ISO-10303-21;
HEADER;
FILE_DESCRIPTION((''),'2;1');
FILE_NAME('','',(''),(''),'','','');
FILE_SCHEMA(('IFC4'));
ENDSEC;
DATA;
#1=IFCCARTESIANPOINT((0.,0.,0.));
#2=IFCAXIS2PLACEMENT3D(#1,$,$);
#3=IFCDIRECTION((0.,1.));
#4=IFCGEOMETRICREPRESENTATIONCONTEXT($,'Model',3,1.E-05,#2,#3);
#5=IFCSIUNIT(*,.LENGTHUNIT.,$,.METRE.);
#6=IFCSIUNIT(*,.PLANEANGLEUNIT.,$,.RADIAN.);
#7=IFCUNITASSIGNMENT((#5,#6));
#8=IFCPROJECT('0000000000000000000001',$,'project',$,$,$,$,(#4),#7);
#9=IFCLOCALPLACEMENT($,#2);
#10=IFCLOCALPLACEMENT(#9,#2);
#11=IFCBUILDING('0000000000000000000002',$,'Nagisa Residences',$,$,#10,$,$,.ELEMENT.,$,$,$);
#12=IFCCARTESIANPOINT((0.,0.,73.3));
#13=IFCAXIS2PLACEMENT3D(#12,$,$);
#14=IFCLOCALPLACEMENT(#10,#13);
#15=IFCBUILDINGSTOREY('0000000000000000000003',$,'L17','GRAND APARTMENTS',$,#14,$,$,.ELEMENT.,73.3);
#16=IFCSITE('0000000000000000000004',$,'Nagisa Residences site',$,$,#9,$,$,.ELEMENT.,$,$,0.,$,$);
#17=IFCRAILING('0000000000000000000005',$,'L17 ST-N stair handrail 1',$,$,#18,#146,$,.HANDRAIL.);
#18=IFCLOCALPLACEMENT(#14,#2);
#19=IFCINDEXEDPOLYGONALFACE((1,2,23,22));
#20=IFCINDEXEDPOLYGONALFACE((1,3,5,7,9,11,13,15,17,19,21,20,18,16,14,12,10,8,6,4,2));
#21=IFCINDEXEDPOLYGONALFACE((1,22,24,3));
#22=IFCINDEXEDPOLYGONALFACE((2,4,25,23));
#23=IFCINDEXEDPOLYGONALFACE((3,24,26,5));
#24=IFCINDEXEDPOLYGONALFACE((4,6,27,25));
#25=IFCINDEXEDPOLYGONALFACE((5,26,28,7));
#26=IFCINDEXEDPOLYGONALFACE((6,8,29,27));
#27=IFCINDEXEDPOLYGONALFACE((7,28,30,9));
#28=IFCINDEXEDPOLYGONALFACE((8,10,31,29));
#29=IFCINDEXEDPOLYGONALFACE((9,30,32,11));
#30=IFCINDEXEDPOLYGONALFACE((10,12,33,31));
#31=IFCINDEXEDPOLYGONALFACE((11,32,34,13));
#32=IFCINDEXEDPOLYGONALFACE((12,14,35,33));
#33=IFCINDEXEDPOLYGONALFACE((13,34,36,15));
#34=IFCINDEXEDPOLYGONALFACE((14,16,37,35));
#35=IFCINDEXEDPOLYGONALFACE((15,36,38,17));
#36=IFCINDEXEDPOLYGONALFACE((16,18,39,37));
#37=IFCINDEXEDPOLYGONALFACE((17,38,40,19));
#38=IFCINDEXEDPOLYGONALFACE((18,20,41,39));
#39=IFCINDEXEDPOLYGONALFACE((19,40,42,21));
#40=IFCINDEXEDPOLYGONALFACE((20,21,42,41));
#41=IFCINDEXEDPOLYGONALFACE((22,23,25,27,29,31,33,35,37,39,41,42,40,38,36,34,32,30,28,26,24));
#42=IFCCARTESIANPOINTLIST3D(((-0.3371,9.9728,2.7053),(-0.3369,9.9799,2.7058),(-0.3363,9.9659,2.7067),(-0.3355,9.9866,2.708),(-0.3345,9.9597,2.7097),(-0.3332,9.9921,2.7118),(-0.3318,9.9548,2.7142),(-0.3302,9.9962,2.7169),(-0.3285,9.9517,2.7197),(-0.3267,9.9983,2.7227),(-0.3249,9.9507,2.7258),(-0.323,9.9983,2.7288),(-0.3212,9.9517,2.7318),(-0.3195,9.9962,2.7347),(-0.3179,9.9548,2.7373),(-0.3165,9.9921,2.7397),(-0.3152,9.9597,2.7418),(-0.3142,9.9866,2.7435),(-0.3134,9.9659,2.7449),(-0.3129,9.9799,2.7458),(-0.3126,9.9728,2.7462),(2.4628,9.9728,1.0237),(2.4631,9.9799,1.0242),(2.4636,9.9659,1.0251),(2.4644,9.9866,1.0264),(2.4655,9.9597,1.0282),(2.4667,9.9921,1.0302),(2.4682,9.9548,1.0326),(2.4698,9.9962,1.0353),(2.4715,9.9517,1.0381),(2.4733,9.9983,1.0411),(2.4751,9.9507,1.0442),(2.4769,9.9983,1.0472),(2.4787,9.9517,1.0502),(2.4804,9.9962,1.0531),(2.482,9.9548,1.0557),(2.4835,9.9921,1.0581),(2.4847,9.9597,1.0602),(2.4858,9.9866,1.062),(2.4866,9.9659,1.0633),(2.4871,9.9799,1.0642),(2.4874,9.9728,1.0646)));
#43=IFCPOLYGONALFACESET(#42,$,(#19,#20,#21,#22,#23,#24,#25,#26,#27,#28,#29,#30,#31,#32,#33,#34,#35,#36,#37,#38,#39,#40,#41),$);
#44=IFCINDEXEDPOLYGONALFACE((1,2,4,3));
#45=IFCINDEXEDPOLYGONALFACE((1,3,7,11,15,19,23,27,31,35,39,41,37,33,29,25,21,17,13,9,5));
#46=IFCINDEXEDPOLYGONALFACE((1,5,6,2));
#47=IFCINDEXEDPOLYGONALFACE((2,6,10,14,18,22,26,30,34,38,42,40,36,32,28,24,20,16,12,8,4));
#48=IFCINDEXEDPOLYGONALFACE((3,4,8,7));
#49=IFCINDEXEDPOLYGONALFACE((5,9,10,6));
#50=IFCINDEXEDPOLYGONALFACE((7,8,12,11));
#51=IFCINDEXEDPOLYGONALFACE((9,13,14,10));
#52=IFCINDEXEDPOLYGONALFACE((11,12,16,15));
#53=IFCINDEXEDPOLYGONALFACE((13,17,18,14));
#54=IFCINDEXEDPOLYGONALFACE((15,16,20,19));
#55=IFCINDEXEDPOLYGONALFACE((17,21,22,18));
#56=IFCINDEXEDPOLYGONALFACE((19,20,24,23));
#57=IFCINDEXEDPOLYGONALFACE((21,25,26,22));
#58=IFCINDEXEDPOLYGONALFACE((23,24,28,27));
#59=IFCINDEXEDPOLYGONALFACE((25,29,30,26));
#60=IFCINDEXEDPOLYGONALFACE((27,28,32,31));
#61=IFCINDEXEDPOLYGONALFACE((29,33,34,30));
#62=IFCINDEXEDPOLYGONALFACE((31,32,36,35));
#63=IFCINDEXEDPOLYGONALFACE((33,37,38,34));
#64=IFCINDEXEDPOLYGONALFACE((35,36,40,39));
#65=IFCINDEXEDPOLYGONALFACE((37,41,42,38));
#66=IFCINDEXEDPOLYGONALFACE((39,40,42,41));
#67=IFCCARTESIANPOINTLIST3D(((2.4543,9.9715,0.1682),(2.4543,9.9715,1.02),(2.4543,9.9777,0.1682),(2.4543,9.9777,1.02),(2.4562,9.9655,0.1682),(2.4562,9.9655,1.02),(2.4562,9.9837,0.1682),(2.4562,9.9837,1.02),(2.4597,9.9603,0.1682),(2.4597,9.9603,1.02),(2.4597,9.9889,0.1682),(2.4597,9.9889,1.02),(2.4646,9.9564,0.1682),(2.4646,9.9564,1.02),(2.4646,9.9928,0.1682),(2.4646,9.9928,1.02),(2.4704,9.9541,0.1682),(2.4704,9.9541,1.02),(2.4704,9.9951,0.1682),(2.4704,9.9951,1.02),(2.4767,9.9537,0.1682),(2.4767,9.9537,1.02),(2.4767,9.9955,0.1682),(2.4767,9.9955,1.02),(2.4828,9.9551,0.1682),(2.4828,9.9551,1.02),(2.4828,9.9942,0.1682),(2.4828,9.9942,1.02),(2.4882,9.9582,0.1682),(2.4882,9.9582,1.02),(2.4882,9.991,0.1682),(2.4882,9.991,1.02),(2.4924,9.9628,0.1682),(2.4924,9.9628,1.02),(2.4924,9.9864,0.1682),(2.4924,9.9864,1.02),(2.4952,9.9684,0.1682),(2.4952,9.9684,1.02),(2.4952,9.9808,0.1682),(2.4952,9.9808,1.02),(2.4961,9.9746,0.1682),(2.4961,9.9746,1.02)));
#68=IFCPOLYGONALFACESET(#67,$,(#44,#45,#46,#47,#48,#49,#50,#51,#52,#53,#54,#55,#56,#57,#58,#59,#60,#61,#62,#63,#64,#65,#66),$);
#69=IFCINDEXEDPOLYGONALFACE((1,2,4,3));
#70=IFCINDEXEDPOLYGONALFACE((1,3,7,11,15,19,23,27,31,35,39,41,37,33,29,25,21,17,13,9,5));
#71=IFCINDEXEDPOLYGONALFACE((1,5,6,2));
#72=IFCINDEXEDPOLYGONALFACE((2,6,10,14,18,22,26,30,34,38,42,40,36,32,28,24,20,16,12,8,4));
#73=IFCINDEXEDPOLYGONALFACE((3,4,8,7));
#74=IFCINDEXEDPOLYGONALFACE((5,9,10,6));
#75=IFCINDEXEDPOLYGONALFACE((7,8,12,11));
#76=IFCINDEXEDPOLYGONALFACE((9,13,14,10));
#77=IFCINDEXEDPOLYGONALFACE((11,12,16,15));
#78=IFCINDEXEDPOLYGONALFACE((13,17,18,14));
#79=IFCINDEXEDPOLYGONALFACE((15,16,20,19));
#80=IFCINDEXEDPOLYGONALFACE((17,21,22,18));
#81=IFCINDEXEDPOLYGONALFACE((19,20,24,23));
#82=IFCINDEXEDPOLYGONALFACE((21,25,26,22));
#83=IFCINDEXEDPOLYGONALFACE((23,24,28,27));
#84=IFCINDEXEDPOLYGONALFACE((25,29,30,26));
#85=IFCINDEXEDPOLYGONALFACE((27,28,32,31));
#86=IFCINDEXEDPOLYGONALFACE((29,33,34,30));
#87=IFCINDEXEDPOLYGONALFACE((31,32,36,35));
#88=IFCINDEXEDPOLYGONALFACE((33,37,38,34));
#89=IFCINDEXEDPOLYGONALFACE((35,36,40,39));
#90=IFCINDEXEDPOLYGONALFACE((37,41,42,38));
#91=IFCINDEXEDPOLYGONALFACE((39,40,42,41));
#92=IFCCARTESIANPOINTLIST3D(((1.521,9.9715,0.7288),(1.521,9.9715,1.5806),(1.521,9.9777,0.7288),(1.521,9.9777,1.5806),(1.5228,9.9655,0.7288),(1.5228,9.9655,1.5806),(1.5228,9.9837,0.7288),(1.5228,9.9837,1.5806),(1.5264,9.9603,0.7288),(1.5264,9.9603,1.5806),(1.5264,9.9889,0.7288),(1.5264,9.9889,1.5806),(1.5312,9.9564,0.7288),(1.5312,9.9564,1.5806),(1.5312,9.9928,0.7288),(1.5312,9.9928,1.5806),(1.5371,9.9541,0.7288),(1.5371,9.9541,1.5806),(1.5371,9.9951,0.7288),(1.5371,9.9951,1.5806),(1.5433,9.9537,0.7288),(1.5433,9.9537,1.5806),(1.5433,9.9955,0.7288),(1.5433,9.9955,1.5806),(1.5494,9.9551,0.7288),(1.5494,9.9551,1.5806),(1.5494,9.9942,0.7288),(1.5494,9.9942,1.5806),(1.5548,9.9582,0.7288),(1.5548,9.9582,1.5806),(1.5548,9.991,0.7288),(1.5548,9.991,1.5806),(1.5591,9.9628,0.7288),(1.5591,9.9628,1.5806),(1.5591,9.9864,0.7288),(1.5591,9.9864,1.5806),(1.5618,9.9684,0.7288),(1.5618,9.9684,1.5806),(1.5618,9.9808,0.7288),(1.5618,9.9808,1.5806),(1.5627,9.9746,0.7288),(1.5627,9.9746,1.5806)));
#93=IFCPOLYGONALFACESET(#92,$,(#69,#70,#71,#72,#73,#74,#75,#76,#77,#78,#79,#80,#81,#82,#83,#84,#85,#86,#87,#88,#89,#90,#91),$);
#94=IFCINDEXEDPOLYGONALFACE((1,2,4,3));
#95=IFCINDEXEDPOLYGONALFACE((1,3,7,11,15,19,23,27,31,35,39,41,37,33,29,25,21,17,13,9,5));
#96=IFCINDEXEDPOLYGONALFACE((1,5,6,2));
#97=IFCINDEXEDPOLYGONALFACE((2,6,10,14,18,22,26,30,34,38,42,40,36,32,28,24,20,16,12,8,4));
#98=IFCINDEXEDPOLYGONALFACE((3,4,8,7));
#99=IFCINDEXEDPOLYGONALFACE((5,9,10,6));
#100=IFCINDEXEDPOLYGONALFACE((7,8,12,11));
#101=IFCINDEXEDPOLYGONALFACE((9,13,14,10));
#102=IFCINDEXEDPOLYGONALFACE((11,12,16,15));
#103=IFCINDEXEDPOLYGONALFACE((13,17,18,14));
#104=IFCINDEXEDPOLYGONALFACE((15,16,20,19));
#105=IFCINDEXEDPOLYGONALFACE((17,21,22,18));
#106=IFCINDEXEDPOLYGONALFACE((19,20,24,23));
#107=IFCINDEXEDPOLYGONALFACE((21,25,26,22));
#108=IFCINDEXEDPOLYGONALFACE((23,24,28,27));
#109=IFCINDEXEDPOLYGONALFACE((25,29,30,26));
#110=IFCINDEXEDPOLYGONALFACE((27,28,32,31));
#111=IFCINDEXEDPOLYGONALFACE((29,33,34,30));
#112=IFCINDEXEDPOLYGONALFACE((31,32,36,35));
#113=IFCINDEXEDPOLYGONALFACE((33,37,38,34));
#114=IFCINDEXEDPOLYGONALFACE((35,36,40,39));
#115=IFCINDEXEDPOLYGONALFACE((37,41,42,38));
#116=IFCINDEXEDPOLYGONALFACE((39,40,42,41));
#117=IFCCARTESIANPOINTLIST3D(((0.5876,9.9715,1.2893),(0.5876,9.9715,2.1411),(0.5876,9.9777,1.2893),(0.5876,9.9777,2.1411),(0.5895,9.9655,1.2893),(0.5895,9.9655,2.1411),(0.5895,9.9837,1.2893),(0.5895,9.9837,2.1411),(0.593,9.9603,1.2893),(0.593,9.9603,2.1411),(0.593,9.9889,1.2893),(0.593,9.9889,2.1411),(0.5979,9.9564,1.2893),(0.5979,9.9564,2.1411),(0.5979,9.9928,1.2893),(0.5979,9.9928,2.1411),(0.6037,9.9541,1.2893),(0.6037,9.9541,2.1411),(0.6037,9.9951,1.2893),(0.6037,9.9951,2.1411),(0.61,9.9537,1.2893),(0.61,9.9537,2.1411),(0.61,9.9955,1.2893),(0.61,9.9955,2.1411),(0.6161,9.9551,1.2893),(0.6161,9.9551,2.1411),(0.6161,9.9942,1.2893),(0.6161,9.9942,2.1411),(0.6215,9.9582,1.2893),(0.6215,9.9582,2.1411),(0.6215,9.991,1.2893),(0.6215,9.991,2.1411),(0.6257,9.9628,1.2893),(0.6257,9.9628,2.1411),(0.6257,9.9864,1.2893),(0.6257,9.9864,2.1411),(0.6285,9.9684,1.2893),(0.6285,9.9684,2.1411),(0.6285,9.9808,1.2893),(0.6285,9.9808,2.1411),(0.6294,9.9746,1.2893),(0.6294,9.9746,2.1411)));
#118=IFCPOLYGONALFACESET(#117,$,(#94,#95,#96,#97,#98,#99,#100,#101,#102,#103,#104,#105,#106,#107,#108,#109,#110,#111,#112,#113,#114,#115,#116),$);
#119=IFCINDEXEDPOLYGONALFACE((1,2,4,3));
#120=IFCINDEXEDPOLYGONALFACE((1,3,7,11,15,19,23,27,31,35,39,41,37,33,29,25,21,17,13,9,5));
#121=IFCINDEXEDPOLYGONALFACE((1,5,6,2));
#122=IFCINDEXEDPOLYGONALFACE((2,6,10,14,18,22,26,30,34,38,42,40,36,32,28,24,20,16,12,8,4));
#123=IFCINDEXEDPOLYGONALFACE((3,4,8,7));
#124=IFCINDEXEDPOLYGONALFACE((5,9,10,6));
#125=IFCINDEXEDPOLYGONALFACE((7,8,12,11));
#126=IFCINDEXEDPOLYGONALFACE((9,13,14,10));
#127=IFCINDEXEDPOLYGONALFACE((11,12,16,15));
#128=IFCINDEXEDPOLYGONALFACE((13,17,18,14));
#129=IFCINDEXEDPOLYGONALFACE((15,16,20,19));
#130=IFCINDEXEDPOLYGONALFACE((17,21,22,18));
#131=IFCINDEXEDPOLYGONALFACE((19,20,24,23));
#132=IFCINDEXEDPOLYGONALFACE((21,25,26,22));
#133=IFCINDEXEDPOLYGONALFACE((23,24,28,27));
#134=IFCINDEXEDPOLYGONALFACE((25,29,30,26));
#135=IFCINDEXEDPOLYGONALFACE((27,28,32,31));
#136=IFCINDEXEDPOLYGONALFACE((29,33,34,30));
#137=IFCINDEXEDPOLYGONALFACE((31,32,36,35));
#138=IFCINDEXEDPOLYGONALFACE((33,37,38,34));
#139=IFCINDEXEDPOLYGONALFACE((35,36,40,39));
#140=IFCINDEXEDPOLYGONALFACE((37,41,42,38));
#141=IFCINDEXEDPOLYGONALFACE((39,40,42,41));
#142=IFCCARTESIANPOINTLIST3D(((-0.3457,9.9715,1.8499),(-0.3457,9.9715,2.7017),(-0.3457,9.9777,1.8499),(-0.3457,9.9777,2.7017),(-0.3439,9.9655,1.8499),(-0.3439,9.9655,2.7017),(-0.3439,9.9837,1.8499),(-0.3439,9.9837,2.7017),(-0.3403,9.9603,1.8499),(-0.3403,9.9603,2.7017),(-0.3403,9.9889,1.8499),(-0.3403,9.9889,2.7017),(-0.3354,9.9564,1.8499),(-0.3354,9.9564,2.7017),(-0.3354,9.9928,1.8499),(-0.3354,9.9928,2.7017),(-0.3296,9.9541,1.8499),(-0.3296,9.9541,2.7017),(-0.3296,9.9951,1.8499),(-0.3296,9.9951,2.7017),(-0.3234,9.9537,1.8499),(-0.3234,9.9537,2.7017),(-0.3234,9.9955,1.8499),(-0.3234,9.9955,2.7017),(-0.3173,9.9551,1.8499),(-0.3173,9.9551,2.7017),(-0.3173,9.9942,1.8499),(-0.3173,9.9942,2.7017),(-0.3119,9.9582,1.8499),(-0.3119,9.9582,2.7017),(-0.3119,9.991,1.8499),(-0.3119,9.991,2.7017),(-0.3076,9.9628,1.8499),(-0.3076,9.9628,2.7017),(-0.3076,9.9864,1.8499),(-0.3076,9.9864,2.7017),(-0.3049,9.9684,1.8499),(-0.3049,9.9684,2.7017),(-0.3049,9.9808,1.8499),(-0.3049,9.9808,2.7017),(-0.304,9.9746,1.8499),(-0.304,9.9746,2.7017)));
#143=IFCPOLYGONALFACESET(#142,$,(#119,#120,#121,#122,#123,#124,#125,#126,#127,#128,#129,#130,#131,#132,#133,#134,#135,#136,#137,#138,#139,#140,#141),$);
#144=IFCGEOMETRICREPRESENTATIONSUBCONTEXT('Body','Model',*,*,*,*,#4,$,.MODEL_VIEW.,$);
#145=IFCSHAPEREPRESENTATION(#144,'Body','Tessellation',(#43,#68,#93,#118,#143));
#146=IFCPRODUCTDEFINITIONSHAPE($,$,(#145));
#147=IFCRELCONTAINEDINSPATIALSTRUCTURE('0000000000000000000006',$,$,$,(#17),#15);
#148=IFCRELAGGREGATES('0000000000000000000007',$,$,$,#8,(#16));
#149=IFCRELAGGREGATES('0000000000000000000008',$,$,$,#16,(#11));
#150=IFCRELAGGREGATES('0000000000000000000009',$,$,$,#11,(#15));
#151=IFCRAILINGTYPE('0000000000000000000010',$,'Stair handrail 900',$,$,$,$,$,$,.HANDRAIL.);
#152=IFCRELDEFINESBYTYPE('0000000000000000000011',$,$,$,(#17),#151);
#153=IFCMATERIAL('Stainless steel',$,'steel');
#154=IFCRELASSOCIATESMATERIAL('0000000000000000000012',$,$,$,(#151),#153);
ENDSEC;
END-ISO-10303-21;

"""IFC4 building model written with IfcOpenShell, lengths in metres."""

from ifc_helpers import new_model, si_unit, direction, frame, origin, origin_2d, place, context, subcontext, project, spatial, circle, extrude, material, type_object, element, save


model = new_model("IFC4")

# Units and contexts
model_context = context("Model", 3, precision=1e-05, world=origin(), true_north=direction((0.0, 1.0)))
body_context = subcontext(model_context, "Body", "Model", "MODEL_VIEW")
ifc_project = project(units=[si_unit("LENGTHUNIT", "METRE"), si_unit("PLANEANGLEUNIT", "RADIAN")], contexts=[model_context])

# Site, building, storey
site_placement = place(None, origin())
site = spatial("IfcSite", under=ifc_project, at=site_placement, Name="Nagisa Residences site", CompositionType="ELEMENT", RefElevation=0.0)
building_placement = place(site_placement, origin())
building = spatial("IfcBuilding", under=site, at=building_placement, Name="Nagisa Residences", CompositionType="ELEMENT")
storey_placement = place(building_placement, frame((0.0, 0.0, 73.3)))
storey = spatial("IfcBuildingStorey", under=building, at=storey_placement, Name="L17", Description="GRAND APARTMENTS", CompositionType="ELEMENT", Elevation=73.3)

# Railing
ifc_material_1 = material(Name="Stainless steel", Category="steel")
railing_type_1 = type_object("IfcRailingType", Name="Stair handrail 900", PredefinedType="HANDRAIL", material=ifc_material_1)
railing_1_placement = place(storey_placement, frame((2.4751, 9.9746, 0.1682)))
element("IfcRailing", 1, at=railing_1_placement, inside=storey, type_object=railing_type_1, Name="L17 ST-N stair handrail 1", PredefinedType="HANDRAIL", context=body_context, shape_type="SweptSolid", body=[
    extrude(circle(Radius=0.0239, at=origin_2d()), frame((0.0, 0.0, 0.876), z_axis=(-0.857275, 0.0, 0.514858), x_axis=(0.0, -1.0, 0.0)), (0.0, 0.0, 1.0), 3.2661),
    extrude(circle(Radius=0.021, at=origin_2d()), origin(), (0.0, 0.0, 1.0), 0.8518),
    extrude(circle(Radius=0.021, at=origin_2d()), frame((-0.9333, 0.0, 0.5605)), (0.0, 0.0, 1.0), 0.8518),
    extrude(circle(Radius=0.021, at=origin_2d()), frame((-1.8667, 0.0, 1.1211)), (0.0, 0.0, 1.0), 0.8518),
    extrude(circle(Radius=0.021, at=origin_2d()), frame((-2.8, 0.0, 1.6816)), (0.0, 0.0, 1.0), 0.8518),
])

save(model, "model.ifc")
